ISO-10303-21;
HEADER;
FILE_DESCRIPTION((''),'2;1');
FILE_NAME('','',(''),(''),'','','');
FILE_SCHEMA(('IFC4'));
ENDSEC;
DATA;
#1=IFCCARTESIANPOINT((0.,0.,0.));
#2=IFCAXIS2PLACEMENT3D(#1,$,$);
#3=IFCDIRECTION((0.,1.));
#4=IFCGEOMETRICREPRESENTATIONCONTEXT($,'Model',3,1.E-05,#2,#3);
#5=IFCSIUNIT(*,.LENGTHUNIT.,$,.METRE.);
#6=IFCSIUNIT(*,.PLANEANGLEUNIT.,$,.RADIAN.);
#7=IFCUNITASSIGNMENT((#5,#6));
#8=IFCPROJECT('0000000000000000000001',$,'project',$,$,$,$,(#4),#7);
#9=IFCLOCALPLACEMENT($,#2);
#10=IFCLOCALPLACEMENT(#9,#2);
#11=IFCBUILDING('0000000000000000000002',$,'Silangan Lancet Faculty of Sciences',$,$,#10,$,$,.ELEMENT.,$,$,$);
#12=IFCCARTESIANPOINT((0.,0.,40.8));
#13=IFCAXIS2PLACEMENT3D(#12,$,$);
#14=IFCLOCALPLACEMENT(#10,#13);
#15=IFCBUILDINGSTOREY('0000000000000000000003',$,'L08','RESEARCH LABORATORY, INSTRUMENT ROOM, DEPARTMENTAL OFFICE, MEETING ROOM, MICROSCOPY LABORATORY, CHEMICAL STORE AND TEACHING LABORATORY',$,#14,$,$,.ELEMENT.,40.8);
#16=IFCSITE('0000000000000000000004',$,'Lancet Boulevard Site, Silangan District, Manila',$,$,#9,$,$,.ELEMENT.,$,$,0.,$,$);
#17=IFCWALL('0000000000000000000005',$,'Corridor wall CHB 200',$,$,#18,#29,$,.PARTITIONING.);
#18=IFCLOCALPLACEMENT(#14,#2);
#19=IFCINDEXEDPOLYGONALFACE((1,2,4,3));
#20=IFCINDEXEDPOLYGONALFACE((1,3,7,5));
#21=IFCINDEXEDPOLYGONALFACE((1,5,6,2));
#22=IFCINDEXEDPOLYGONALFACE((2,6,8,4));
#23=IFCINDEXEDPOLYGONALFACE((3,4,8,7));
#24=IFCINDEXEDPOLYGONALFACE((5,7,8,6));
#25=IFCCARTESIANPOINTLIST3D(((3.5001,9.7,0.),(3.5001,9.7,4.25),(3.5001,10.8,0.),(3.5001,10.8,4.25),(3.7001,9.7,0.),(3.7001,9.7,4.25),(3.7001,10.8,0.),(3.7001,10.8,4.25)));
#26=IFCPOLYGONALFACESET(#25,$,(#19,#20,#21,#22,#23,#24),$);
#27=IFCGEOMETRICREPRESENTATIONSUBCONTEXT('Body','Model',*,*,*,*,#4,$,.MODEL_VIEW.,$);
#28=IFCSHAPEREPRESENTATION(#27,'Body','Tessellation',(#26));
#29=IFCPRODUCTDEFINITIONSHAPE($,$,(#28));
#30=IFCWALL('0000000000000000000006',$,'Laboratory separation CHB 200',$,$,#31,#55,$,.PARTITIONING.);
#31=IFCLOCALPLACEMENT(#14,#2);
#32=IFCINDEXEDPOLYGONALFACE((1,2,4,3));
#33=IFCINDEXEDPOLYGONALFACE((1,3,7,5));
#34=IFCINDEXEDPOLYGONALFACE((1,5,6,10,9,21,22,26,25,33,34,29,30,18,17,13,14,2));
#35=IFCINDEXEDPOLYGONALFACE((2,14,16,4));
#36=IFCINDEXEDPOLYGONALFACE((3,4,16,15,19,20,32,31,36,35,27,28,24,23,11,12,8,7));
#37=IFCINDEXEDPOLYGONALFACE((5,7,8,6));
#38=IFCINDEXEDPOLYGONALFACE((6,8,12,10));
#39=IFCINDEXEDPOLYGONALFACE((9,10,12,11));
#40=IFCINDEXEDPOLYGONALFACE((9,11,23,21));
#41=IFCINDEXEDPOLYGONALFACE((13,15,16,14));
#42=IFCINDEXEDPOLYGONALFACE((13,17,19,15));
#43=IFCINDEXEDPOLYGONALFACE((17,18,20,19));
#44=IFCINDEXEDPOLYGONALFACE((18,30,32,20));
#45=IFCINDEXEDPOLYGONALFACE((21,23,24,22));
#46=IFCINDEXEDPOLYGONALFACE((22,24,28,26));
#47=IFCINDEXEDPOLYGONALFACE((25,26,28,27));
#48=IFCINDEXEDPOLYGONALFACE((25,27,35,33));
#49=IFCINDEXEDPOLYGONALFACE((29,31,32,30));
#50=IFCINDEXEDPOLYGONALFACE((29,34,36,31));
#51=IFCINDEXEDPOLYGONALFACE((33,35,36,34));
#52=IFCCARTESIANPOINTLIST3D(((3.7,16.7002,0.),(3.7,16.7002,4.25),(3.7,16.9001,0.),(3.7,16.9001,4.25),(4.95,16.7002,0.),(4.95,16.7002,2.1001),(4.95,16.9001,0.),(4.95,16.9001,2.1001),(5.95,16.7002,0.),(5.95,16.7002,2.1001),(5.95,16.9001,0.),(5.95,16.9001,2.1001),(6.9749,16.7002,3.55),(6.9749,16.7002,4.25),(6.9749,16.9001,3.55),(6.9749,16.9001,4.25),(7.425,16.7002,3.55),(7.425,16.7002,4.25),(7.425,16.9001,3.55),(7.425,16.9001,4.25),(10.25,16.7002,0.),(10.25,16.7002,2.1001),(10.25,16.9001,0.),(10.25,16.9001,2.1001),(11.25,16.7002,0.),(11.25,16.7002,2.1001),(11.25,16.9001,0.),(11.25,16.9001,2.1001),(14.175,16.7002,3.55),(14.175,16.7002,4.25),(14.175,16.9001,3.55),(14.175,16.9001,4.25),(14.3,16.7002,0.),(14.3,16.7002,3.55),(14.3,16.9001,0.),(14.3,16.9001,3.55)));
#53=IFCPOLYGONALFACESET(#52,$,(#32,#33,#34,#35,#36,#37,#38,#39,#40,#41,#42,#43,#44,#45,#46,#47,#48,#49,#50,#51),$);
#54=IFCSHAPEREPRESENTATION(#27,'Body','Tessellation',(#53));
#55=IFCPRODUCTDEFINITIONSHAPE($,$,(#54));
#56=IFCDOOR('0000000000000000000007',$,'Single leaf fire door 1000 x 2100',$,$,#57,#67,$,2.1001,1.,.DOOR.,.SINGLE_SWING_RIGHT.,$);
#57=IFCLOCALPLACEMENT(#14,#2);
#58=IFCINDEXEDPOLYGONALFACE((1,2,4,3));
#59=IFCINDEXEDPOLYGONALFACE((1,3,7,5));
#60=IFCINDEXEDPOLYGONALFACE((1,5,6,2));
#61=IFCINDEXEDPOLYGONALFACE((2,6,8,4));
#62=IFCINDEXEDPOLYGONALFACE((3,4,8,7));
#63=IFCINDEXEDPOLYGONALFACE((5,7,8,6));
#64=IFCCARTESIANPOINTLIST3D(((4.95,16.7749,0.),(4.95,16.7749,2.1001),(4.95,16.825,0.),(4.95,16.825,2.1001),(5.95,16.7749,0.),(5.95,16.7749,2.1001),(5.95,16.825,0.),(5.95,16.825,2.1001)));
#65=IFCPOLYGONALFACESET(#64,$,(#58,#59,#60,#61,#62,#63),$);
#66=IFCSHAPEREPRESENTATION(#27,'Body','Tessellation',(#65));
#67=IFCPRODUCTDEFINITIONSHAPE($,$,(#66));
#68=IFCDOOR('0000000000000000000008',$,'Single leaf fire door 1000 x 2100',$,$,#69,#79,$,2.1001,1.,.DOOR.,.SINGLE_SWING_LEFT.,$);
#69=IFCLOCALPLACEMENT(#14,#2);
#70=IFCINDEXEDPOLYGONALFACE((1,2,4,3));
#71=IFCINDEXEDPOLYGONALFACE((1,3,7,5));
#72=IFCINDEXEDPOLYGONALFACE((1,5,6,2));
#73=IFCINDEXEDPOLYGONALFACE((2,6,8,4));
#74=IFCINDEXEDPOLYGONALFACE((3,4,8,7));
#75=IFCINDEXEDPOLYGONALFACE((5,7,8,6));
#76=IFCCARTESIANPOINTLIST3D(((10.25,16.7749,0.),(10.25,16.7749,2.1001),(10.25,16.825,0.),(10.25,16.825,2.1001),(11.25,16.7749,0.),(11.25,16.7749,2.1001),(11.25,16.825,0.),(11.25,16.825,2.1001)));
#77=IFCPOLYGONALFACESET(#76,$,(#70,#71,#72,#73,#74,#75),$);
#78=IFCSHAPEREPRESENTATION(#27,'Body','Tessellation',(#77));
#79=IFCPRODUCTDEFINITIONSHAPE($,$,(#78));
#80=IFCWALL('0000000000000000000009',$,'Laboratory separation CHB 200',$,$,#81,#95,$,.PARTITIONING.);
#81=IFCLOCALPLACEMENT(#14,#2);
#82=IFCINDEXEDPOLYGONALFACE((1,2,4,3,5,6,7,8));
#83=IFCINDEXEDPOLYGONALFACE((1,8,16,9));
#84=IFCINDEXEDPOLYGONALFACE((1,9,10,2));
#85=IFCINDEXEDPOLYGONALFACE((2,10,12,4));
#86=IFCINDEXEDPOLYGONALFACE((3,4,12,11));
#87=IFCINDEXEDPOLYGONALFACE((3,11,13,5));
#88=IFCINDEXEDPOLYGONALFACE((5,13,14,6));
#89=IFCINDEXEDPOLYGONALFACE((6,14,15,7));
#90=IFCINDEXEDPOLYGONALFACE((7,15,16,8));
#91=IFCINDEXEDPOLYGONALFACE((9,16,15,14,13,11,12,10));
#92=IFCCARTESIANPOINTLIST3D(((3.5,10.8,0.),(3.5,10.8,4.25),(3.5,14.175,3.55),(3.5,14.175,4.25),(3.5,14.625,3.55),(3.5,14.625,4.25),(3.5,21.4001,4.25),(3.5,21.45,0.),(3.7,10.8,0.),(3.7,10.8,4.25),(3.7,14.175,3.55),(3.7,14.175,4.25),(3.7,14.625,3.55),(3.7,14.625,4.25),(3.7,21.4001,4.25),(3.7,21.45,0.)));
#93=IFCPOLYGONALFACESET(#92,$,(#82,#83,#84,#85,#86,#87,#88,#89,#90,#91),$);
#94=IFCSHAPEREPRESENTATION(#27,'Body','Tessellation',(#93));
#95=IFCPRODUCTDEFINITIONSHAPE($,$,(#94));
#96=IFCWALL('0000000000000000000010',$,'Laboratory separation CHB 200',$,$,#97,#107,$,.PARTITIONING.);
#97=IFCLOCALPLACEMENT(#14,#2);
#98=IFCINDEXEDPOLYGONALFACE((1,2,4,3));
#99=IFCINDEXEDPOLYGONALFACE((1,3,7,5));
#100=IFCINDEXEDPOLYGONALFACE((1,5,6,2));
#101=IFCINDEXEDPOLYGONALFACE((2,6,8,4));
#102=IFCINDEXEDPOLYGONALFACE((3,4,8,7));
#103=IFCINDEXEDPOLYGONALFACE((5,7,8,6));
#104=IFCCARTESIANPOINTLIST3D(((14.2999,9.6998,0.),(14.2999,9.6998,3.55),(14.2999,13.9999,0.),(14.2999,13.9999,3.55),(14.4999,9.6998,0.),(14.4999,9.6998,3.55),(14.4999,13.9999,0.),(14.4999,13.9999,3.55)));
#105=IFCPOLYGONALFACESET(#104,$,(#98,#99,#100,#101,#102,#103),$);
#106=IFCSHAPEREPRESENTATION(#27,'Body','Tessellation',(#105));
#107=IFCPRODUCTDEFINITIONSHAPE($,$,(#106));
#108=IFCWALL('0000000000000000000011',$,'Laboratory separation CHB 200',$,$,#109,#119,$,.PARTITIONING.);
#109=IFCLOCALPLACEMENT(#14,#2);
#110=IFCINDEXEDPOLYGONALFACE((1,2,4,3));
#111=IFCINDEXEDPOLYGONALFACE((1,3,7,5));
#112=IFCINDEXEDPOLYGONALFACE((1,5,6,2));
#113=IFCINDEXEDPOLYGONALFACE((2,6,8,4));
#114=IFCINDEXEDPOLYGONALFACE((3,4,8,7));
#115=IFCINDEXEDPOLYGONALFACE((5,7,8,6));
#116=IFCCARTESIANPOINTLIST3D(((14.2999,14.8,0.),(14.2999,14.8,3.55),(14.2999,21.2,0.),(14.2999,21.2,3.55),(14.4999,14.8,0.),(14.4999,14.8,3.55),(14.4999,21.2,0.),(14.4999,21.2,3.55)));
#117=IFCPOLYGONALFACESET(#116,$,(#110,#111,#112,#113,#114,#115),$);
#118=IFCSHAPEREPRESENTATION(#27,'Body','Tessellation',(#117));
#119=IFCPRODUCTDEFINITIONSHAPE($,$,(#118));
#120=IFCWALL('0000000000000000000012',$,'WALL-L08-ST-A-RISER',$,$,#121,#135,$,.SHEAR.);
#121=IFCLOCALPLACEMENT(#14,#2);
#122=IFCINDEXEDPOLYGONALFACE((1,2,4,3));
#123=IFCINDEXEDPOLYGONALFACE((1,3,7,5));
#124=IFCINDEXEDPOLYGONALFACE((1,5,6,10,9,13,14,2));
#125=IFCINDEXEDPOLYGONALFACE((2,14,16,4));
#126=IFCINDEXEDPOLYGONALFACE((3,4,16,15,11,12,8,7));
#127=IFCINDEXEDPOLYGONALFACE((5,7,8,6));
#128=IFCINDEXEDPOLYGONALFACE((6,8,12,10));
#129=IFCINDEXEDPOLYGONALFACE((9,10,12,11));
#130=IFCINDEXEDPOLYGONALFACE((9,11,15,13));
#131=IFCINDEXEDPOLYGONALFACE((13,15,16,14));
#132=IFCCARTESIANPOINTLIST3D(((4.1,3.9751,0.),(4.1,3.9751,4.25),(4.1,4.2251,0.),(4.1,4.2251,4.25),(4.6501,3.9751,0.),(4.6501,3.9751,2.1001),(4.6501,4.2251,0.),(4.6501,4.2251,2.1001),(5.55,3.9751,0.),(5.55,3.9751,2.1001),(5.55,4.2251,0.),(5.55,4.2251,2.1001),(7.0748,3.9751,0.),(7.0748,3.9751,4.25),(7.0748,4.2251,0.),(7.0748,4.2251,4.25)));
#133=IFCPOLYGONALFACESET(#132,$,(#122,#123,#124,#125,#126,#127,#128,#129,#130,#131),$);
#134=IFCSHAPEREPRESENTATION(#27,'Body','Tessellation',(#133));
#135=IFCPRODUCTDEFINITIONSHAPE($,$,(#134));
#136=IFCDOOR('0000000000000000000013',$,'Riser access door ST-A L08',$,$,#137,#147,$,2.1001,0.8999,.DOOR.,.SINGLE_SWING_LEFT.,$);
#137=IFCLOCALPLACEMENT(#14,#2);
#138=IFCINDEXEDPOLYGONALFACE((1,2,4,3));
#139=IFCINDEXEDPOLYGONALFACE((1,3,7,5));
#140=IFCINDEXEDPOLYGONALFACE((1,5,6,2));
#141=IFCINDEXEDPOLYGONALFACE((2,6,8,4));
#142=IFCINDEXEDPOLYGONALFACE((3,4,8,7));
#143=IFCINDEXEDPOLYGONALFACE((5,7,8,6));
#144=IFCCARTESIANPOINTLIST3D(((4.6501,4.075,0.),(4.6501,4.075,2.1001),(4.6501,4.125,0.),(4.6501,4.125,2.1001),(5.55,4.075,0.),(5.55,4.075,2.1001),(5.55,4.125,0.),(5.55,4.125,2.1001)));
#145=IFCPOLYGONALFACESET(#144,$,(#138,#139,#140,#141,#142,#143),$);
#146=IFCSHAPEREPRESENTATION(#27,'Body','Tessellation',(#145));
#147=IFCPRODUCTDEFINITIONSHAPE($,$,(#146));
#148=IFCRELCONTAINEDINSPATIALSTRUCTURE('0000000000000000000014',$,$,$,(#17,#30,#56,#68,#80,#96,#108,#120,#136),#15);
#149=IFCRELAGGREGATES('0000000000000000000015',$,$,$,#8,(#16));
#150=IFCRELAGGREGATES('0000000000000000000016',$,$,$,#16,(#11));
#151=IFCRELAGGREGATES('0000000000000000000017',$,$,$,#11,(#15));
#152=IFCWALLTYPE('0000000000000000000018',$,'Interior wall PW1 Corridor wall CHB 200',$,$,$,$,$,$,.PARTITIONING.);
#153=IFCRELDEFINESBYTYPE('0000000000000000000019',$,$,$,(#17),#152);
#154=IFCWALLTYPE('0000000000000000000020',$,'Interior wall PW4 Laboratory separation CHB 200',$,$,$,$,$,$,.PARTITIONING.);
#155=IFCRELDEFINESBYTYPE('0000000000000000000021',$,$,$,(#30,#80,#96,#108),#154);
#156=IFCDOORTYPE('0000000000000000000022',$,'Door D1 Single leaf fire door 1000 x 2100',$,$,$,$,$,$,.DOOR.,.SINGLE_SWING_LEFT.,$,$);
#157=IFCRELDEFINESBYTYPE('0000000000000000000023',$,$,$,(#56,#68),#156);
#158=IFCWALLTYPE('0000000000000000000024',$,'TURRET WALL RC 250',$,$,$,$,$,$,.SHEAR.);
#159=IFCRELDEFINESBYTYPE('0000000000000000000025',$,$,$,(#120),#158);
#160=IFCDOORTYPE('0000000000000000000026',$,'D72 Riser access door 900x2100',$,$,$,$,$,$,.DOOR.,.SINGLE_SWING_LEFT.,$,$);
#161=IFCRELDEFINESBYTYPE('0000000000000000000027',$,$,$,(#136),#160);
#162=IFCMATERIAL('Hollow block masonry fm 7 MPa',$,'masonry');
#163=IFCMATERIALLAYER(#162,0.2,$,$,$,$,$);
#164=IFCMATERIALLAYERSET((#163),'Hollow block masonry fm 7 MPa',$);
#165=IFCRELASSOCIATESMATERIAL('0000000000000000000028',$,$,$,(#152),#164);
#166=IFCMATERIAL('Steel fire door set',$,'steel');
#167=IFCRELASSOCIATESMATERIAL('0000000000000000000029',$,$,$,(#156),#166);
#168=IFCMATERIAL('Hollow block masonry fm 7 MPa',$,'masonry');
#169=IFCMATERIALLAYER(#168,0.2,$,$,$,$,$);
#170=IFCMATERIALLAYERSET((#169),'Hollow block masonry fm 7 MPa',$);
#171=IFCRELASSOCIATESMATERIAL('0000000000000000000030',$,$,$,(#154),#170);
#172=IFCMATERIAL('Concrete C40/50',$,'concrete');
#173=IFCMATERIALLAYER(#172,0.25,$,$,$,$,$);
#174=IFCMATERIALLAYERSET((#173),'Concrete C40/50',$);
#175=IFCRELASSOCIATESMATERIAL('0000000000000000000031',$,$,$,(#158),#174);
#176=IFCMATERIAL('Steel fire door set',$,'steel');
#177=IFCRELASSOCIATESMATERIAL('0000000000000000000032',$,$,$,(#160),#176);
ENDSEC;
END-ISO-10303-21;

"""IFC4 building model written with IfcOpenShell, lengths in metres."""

from ifc_helpers import new_model, si_unit, direction, frame, frame_2d, origin, place, context, subcontext, project, spatial, polyline, rectangle, outline, extrude, material, layer, layer_set, type_object, element, fill, save


model = new_model("IFC4")

# Units and contexts
model_context = context("Model", 3, precision=1e-05, world=origin(), true_north=direction((0.0, 1.0)))
body_context = subcontext(model_context, "Body", "Model", "MODEL_VIEW")
ifc_project = project(units=[si_unit("LENGTHUNIT", "METRE"), si_unit("PLANEANGLEUNIT", "RADIAN")], contexts=[model_context])

# Site, building, storey
site_placement = place(None, origin())
site = spatial("IfcSite", under=ifc_project, at=site_placement, Name="Lancet Boulevard Site, Silangan District, Manila", CompositionType="ELEMENT", RefElevation=0.0)
building_placement = place(site_placement, origin())
building = spatial("IfcBuilding", under=site, at=building_placement, Name="Silangan Lancet Faculty of Sciences", CompositionType="ELEMENT")
storey_placement = place(building_placement, frame((0.0, 0.0, 40.8)))
storey = spatial("IfcBuildingStorey", under=building, at=storey_placement, Name="L08", Description="RESEARCH LABORATORY, INSTRUMENT ROOM, DEPARTMENTAL OFFICE, MEETING ROOM, MICROSCOPY LABORATORY, CHEMICAL STORE AND TEACHING LABORATORY", CompositionType="ELEMENT", Elevation=40.8)

# Shared definitions
ifc_material_1 = material(Name="Hollow block masonry fm 7 MPa", Category="masonry")
ifc_layer_1 = layer(ifc_material_1, 0.2)
ifc_layer_set_1 = layer_set([ifc_layer_1], Name="Hollow block masonry fm 7 MPa")
wall_type_1 = type_object("IfcWallType", Name="Interior wall PW1 Corridor wall CHB 200", PredefinedType="PARTITIONING", material=ifc_layer_set_1)
ifc_material_2 = material(Name="Steel fire door set", Category="steel")
door_type_1 = type_object("IfcDoorType", Name="Door D1 Single leaf fire door 1000 x 2100", OperationType="SINGLE_SWING_LEFT", PredefinedType="DOOR", material=ifc_material_2)

# Wall
wall_1_placement = place(storey_placement, frame((3.6001, 9.7, 0.0), z_axis=(0.0, 0.0, 1.0), x_axis=(0.0, 1.0, 0.0)))
element("IfcWall", 1, at=wall_1_placement, inside=storey, type_object=wall_type_1, Name="Corridor wall CHB 200", PredefinedType="PARTITIONING", context=body_context, shape_type="SweptSolid", body=[
    extrude(rectangle(XDim=1.1001, YDim=0.2, at=frame_2d((0.55, 0.0))), origin(), (0.0, 0.0, 1.0), 4.25),
])

# Wall, openings, doors
ifc_material_3 = material(Name="Hollow block masonry fm 7 MPa", Category="masonry")
ifc_layer_2 = layer(ifc_material_3, 0.2)
ifc_layer_set_2 = layer_set([ifc_layer_2], Name="Hollow block masonry fm 7 MPa")
wall_type_2 = type_object("IfcWallType", Name="Interior wall PW4 Laboratory separation CHB 200", PredefinedType="PARTITIONING", material=ifc_layer_set_2)
wall_2_placement = place(storey_placement, frame((3.7, 16.8, 0.0), z_axis=(0.0, 0.0, 1.0), x_axis=(1.0, 0.0, 0.0)))
wall_2 = element("IfcWall", 2, at=wall_2_placement, inside=storey, type_object=wall_type_2, Name="Laboratory separation CHB 200", PredefinedType="PARTITIONING", context=body_context, shape_type="SweptSolid", body=[
    extrude(outline(polyline([(0.0, 0.0), (10.6001, 0.0), (10.6001, 3.55), (10.4751, 3.55), (10.4751, 4.25), (3.7251, 4.25), (3.7251, 3.55), (3.2749, 3.55), (3.2749, 4.25), (0.0, 4.25), (0.0, 0.0)])), frame((0.0, 0.1001, 0.0), z_axis=(0.0, -1.0, 0.0), x_axis=(1.0, 0.0, 0.0)), (0.0, 0.0, 1.0), 0.2),
])
opening_1_placement = place(wall_2_placement, frame((1.25, 0.0, 0.0)))
opening_1 = element("IfcOpeningElement", 3, at=opening_1_placement, cuts=wall_2, PredefinedType="OPENING", context=body_context, shape_type="SweptSolid", body=[
    extrude(rectangle(XDim=1.0, YDim=2.1001, at=frame_2d((0.5, 1.05))), frame((0.0, 0.1099, 0.0), z_axis=(0.0, -1.0, 0.0), x_axis=(1.0, 0.0, 0.0)), (0.0, 0.0, 1.0), 0.22),
])
opening_2_placement = place(wall_2_placement, frame((6.55, 0.0, 0.0)))
opening_2 = element("IfcOpeningElement", 4, at=opening_2_placement, cuts=wall_2, PredefinedType="OPENING", context=body_context, shape_type="SweptSolid", body=[
    extrude(rectangle(XDim=1.0, YDim=2.1001, at=frame_2d((0.5, 1.05))), frame((0.0, 0.1099, 0.0), z_axis=(0.0, -1.0, 0.0), x_axis=(1.0, 0.0, 0.0)), (0.0, 0.0, 1.0), 0.22),
])
door_1_placement = place(opening_1_placement, origin())
door_1 = element("IfcDoor", 5, at=door_1_placement, inside=storey, type_object=door_type_1, Name="Single leaf fire door 1000 x 2100", OperationType="SINGLE_SWING_RIGHT", OverallHeight=2.1001, OverallWidth=1.0, PredefinedType="DOOR", context=body_context, shape_type="SweptSolid", body=[
    extrude(rectangle(XDim=1.0, YDim=2.1001, at=frame_2d((0.5, 1.05))), frame((0.0, 0.0249, 0.0), z_axis=(0.0, -1.0, 0.0), x_axis=(1.0, 0.0, 0.0)), (0.0, 0.0, 1.0), 0.05),
])
fill(opening_1, door_1)
door_2_placement = place(opening_2_placement, origin())
door_2 = element("IfcDoor", 6, at=door_2_placement, inside=storey, type_object=door_type_1, Name="Single leaf fire door 1000 x 2100", OperationType="SINGLE_SWING_LEFT", OverallHeight=2.1001, OverallWidth=1.0, PredefinedType="DOOR", context=body_context, shape_type="SweptSolid", body=[
    extrude(rectangle(XDim=1.0, YDim=2.1001, at=frame_2d((0.5, 1.05))), frame((0.0, 0.0249, 0.0), z_axis=(0.0, -1.0, 0.0), x_axis=(1.0, 0.0, 0.0)), (0.0, 0.0, 1.0), 0.05),
])
fill(opening_2, door_2)

# Walls
wall_3_placement = place(storey_placement, frame((3.6001, 10.8, 0.0), z_axis=(0.0, 0.0, 1.0), x_axis=(0.0, 1.0, 0.0)))
element("IfcWall", 7, at=wall_3_placement, inside=storey, type_object=wall_type_2, Name="Laboratory separation CHB 200", PredefinedType="PARTITIONING", context=body_context, shape_type="SweptSolid", body=[
    extrude(outline(polyline([(0.0, 0.0), (10.6499, 0.0), (10.6001, 4.25), (3.825, 4.25), (3.825, 3.55), (3.375, 3.55), (3.375, 4.25), (0.0, 4.25), (0.0, 0.0)])), frame((0.0, 0.1001, 0.0), z_axis=(0.0, -1.0, 0.0), x_axis=(1.0, 0.0, 0.0)), (0.0, 0.0, 1.0), 0.2),
])
wall_4_placement = place(storey_placement, frame((14.3999, 9.7, 0.0), z_axis=(0.0, 0.0, 1.0), x_axis=(0.0, 1.0, 0.0)))
element("IfcWall", 8, at=wall_4_placement, inside=storey, type_object=wall_type_2, Name="Laboratory separation CHB 200", PredefinedType="PARTITIONING", context=body_context, shape_type="SweptSolid", body=[
    extrude(rectangle(XDim=4.3, YDim=0.2, at=frame_2d((2.1499, 0.0))), origin(), (0.0, 0.0, 1.0), 3.55),
])
wall_5_placement = place(storey_placement, frame((14.3999, 14.8, 0.0), z_axis=(0.0, 0.0, 1.0), x_axis=(0.0, 1.0, 0.0)))
element("IfcWall", 9, at=wall_5_placement, inside=storey, type_object=wall_type_2, Name="Laboratory separation CHB 200", PredefinedType="PARTITIONING", context=body_context, shape_type="SweptSolid", body=[
    extrude(rectangle(XDim=6.3999, YDim=0.2, at=frame_2d((3.2, 0.0))), origin(), (0.0, 0.0, 1.0), 3.55),
])

# Wall, opening, door
ifc_material_4 = material(Name="Concrete C40/50", Category="concrete")
ifc_layer_3 = layer(ifc_material_4, 0.25)
ifc_layer_set_3 = layer_set([ifc_layer_3], Name="Concrete C40/50")
wall_type_3 = type_object("IfcWallType", Name="TURRET WALL RC 250", PredefinedType="SHEAR", material=ifc_layer_set_3)
wall_6_placement = place(storey_placement, frame((4.1001, 4.1001, 0.0), z_axis=(0.0, 0.0, 1.0), x_axis=(1.0, 0.0, 0.0)))
wall_6 = element("IfcWall", 10, at=wall_6_placement, inside=storey, type_object=wall_type_3, Name="WALL-L08-ST-A-RISER", PredefinedType="SHEAR", context=body_context, shape_type="SweptSolid", body=[
    extrude(rectangle(XDim=2.9749, YDim=0.25, at=frame_2d((1.4873, 0.0))), origin(), (0.0, 0.0, 1.0), 4.25),
])
opening_3_placement = place(wall_6_placement, frame((0.55, 0.0, 0.0)))
opening_3 = element("IfcOpeningElement", 11, at=opening_3_placement, cuts=wall_6, PredefinedType="OPENING", context=body_context, shape_type="SweptSolid", body=[
    extrude(rectangle(XDim=0.8999, YDim=2.1001, at=frame_2d((0.45, 1.05))), frame((0.0, 0.135, 0.0), z_axis=(0.0, -1.0, 0.0), x_axis=(1.0, 0.0, 0.0)), (0.0, 0.0, 1.0), 0.27),
])
ifc_material_5 = material(Name="Steel fire door set", Category="steel")
door_type_2 = type_object("IfcDoorType", Name="D72 Riser access door 900x2100", OperationType="SINGLE_SWING_LEFT", PredefinedType="DOOR", material=ifc_material_5)
door_3_placement = place(opening_3_placement, frame((0.8999, 0.0, 0.0), z_axis=(0.0, 0.0, 1.0), x_axis=(-1.0, 0.0, 0.0)))
door_3 = element("IfcDoor", 12, at=door_3_placement, inside=storey, type_object=door_type_2, Name="Riser access door ST-A L08", OperationType="SINGLE_SWING_LEFT", OverallHeight=2.1001, OverallWidth=0.8999, PredefinedType="DOOR", context=body_context, shape_type="SweptSolid", body=[
    extrude(rectangle(XDim=0.8999, YDim=2.1001, at=frame_2d((0.45, 1.05))), frame((0.0, 0.0251, 0.0), z_axis=(0.0, -1.0, 0.0), x_axis=(1.0, 0.0, 0.0)), (0.0, 0.0, 1.0), 0.05),
])
fill(opening_3, door_3)

save(model, "model.ifc")
